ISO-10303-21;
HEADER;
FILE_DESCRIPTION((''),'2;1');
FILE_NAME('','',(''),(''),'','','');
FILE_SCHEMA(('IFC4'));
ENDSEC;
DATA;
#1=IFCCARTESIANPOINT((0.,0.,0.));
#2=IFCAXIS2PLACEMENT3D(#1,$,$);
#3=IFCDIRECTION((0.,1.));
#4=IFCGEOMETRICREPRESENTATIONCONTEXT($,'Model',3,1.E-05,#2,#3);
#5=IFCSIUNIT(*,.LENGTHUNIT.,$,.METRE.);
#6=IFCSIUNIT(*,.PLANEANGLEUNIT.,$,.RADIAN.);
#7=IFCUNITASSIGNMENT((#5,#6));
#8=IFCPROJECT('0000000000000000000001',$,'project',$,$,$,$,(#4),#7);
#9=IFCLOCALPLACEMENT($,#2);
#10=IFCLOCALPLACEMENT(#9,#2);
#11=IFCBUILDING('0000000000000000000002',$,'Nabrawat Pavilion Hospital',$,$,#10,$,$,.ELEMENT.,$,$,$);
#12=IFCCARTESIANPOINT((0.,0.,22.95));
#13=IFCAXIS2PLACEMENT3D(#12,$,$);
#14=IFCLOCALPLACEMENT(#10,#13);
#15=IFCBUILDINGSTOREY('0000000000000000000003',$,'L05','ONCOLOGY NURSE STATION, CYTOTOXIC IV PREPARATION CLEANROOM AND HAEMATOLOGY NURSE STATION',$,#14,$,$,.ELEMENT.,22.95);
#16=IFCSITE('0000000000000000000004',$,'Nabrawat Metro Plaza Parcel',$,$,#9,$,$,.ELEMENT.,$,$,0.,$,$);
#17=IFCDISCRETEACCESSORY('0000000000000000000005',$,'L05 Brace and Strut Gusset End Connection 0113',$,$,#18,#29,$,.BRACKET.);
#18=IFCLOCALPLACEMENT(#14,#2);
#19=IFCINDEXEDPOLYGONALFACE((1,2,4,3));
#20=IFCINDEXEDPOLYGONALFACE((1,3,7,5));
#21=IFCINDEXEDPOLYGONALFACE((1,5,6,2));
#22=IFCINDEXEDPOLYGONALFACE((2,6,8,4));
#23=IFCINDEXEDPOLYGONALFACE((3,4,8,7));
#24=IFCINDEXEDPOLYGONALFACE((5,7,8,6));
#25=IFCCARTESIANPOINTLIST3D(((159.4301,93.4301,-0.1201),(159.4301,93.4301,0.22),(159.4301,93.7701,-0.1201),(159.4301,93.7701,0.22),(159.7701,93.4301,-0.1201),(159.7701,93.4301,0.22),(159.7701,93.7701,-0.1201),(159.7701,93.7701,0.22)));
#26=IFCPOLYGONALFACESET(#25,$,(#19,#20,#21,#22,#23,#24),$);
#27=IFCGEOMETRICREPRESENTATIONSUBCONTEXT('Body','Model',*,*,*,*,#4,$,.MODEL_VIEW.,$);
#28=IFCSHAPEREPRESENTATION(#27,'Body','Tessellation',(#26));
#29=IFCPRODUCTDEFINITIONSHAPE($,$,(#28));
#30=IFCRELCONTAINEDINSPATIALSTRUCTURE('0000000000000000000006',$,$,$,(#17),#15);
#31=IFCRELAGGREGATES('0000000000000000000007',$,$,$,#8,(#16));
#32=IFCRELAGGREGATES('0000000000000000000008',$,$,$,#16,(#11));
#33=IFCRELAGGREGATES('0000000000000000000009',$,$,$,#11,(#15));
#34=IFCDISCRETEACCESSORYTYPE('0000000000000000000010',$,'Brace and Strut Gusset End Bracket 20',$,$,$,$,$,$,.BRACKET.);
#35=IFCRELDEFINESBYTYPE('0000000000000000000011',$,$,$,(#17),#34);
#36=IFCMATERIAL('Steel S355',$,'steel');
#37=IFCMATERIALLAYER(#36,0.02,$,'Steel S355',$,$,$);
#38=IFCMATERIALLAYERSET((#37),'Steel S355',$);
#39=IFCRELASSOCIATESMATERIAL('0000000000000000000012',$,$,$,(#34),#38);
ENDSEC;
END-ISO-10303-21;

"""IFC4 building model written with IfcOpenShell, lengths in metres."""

from ifc_helpers import new_model, si_unit, direction, frame, origin, origin_2d, place, context, subcontext, project, spatial, rectangle, extrude, material, layer, layer_set, type_object, element, save


model = new_model("IFC4")

# Units and contexts
model_context = context("Model", 3, precision=1e-05, world=origin(), true_north=direction((0.0, 1.0)))
body_context = subcontext(model_context, "Body", "Model", "MODEL_VIEW")
ifc_project = project(units=[si_unit("LENGTHUNIT", "METRE"), si_unit("PLANEANGLEUNIT", "RADIAN")], contexts=[model_context])

# Site, building, storey
site_placement = place(None, origin())
site = spatial("IfcSite", under=ifc_project, at=site_placement, Name="Nabrawat Metro Plaza Parcel", CompositionType="ELEMENT", RefElevation=0.0)
building_placement = place(site_placement, origin())
building = spatial("IfcBuilding", under=site, at=building_placement, Name="Nabrawat Pavilion Hospital", CompositionType="ELEMENT")
storey_placement = place(building_placement, frame((0.0, 0.0, 22.95)))
storey = spatial("IfcBuildingStorey", under=building, at=storey_placement, Name="L05", Description="ONCOLOGY NURSE STATION, CYTOTOXIC IV PREPARATION CLEANROOM AND HAEMATOLOGY NURSE STATION", CompositionType="ELEMENT", Elevation=22.95)

# Shared definitions
ifc_material_1 = material(Name="Steel S355", Category="steel")

# Discrete accessory
ifc_layer_1 = layer(ifc_material_1, 0.02, Name="Steel S355")
ifc_layer_set_1 = layer_set([ifc_layer_1], Name="Steel S355")
discrete_accessory_type = type_object("IfcDiscreteAccessoryType", Name="Brace and Strut Gusset End Bracket 20", PredefinedType="BRACKET", material=ifc_layer_set_1)
for number, where, z_axis, x_axis, name in (
    (1, (159.6001, 93.6001, -0.1201), (0.0, 0.0, 1.0), (1.0, 0.0, 0.0), "L05 Brace and Strut Gusset End Connection 0113"),
):
    element("IfcDiscreteAccessory", number, at=place(storey_placement, frame(where, z_axis=z_axis, x_axis=x_axis)), inside=storey, type_object=discrete_accessory_type, Name=name, PredefinedType="BRACKET", context=body_context, shape_type="SweptSolid", body=[
        extrude(rectangle(XDim=0.3401, YDim=0.3401, at=origin_2d()), origin(), (0.0, 0.0, 1.0), 0.3401),
    ])

save(model, "model.ifc")
